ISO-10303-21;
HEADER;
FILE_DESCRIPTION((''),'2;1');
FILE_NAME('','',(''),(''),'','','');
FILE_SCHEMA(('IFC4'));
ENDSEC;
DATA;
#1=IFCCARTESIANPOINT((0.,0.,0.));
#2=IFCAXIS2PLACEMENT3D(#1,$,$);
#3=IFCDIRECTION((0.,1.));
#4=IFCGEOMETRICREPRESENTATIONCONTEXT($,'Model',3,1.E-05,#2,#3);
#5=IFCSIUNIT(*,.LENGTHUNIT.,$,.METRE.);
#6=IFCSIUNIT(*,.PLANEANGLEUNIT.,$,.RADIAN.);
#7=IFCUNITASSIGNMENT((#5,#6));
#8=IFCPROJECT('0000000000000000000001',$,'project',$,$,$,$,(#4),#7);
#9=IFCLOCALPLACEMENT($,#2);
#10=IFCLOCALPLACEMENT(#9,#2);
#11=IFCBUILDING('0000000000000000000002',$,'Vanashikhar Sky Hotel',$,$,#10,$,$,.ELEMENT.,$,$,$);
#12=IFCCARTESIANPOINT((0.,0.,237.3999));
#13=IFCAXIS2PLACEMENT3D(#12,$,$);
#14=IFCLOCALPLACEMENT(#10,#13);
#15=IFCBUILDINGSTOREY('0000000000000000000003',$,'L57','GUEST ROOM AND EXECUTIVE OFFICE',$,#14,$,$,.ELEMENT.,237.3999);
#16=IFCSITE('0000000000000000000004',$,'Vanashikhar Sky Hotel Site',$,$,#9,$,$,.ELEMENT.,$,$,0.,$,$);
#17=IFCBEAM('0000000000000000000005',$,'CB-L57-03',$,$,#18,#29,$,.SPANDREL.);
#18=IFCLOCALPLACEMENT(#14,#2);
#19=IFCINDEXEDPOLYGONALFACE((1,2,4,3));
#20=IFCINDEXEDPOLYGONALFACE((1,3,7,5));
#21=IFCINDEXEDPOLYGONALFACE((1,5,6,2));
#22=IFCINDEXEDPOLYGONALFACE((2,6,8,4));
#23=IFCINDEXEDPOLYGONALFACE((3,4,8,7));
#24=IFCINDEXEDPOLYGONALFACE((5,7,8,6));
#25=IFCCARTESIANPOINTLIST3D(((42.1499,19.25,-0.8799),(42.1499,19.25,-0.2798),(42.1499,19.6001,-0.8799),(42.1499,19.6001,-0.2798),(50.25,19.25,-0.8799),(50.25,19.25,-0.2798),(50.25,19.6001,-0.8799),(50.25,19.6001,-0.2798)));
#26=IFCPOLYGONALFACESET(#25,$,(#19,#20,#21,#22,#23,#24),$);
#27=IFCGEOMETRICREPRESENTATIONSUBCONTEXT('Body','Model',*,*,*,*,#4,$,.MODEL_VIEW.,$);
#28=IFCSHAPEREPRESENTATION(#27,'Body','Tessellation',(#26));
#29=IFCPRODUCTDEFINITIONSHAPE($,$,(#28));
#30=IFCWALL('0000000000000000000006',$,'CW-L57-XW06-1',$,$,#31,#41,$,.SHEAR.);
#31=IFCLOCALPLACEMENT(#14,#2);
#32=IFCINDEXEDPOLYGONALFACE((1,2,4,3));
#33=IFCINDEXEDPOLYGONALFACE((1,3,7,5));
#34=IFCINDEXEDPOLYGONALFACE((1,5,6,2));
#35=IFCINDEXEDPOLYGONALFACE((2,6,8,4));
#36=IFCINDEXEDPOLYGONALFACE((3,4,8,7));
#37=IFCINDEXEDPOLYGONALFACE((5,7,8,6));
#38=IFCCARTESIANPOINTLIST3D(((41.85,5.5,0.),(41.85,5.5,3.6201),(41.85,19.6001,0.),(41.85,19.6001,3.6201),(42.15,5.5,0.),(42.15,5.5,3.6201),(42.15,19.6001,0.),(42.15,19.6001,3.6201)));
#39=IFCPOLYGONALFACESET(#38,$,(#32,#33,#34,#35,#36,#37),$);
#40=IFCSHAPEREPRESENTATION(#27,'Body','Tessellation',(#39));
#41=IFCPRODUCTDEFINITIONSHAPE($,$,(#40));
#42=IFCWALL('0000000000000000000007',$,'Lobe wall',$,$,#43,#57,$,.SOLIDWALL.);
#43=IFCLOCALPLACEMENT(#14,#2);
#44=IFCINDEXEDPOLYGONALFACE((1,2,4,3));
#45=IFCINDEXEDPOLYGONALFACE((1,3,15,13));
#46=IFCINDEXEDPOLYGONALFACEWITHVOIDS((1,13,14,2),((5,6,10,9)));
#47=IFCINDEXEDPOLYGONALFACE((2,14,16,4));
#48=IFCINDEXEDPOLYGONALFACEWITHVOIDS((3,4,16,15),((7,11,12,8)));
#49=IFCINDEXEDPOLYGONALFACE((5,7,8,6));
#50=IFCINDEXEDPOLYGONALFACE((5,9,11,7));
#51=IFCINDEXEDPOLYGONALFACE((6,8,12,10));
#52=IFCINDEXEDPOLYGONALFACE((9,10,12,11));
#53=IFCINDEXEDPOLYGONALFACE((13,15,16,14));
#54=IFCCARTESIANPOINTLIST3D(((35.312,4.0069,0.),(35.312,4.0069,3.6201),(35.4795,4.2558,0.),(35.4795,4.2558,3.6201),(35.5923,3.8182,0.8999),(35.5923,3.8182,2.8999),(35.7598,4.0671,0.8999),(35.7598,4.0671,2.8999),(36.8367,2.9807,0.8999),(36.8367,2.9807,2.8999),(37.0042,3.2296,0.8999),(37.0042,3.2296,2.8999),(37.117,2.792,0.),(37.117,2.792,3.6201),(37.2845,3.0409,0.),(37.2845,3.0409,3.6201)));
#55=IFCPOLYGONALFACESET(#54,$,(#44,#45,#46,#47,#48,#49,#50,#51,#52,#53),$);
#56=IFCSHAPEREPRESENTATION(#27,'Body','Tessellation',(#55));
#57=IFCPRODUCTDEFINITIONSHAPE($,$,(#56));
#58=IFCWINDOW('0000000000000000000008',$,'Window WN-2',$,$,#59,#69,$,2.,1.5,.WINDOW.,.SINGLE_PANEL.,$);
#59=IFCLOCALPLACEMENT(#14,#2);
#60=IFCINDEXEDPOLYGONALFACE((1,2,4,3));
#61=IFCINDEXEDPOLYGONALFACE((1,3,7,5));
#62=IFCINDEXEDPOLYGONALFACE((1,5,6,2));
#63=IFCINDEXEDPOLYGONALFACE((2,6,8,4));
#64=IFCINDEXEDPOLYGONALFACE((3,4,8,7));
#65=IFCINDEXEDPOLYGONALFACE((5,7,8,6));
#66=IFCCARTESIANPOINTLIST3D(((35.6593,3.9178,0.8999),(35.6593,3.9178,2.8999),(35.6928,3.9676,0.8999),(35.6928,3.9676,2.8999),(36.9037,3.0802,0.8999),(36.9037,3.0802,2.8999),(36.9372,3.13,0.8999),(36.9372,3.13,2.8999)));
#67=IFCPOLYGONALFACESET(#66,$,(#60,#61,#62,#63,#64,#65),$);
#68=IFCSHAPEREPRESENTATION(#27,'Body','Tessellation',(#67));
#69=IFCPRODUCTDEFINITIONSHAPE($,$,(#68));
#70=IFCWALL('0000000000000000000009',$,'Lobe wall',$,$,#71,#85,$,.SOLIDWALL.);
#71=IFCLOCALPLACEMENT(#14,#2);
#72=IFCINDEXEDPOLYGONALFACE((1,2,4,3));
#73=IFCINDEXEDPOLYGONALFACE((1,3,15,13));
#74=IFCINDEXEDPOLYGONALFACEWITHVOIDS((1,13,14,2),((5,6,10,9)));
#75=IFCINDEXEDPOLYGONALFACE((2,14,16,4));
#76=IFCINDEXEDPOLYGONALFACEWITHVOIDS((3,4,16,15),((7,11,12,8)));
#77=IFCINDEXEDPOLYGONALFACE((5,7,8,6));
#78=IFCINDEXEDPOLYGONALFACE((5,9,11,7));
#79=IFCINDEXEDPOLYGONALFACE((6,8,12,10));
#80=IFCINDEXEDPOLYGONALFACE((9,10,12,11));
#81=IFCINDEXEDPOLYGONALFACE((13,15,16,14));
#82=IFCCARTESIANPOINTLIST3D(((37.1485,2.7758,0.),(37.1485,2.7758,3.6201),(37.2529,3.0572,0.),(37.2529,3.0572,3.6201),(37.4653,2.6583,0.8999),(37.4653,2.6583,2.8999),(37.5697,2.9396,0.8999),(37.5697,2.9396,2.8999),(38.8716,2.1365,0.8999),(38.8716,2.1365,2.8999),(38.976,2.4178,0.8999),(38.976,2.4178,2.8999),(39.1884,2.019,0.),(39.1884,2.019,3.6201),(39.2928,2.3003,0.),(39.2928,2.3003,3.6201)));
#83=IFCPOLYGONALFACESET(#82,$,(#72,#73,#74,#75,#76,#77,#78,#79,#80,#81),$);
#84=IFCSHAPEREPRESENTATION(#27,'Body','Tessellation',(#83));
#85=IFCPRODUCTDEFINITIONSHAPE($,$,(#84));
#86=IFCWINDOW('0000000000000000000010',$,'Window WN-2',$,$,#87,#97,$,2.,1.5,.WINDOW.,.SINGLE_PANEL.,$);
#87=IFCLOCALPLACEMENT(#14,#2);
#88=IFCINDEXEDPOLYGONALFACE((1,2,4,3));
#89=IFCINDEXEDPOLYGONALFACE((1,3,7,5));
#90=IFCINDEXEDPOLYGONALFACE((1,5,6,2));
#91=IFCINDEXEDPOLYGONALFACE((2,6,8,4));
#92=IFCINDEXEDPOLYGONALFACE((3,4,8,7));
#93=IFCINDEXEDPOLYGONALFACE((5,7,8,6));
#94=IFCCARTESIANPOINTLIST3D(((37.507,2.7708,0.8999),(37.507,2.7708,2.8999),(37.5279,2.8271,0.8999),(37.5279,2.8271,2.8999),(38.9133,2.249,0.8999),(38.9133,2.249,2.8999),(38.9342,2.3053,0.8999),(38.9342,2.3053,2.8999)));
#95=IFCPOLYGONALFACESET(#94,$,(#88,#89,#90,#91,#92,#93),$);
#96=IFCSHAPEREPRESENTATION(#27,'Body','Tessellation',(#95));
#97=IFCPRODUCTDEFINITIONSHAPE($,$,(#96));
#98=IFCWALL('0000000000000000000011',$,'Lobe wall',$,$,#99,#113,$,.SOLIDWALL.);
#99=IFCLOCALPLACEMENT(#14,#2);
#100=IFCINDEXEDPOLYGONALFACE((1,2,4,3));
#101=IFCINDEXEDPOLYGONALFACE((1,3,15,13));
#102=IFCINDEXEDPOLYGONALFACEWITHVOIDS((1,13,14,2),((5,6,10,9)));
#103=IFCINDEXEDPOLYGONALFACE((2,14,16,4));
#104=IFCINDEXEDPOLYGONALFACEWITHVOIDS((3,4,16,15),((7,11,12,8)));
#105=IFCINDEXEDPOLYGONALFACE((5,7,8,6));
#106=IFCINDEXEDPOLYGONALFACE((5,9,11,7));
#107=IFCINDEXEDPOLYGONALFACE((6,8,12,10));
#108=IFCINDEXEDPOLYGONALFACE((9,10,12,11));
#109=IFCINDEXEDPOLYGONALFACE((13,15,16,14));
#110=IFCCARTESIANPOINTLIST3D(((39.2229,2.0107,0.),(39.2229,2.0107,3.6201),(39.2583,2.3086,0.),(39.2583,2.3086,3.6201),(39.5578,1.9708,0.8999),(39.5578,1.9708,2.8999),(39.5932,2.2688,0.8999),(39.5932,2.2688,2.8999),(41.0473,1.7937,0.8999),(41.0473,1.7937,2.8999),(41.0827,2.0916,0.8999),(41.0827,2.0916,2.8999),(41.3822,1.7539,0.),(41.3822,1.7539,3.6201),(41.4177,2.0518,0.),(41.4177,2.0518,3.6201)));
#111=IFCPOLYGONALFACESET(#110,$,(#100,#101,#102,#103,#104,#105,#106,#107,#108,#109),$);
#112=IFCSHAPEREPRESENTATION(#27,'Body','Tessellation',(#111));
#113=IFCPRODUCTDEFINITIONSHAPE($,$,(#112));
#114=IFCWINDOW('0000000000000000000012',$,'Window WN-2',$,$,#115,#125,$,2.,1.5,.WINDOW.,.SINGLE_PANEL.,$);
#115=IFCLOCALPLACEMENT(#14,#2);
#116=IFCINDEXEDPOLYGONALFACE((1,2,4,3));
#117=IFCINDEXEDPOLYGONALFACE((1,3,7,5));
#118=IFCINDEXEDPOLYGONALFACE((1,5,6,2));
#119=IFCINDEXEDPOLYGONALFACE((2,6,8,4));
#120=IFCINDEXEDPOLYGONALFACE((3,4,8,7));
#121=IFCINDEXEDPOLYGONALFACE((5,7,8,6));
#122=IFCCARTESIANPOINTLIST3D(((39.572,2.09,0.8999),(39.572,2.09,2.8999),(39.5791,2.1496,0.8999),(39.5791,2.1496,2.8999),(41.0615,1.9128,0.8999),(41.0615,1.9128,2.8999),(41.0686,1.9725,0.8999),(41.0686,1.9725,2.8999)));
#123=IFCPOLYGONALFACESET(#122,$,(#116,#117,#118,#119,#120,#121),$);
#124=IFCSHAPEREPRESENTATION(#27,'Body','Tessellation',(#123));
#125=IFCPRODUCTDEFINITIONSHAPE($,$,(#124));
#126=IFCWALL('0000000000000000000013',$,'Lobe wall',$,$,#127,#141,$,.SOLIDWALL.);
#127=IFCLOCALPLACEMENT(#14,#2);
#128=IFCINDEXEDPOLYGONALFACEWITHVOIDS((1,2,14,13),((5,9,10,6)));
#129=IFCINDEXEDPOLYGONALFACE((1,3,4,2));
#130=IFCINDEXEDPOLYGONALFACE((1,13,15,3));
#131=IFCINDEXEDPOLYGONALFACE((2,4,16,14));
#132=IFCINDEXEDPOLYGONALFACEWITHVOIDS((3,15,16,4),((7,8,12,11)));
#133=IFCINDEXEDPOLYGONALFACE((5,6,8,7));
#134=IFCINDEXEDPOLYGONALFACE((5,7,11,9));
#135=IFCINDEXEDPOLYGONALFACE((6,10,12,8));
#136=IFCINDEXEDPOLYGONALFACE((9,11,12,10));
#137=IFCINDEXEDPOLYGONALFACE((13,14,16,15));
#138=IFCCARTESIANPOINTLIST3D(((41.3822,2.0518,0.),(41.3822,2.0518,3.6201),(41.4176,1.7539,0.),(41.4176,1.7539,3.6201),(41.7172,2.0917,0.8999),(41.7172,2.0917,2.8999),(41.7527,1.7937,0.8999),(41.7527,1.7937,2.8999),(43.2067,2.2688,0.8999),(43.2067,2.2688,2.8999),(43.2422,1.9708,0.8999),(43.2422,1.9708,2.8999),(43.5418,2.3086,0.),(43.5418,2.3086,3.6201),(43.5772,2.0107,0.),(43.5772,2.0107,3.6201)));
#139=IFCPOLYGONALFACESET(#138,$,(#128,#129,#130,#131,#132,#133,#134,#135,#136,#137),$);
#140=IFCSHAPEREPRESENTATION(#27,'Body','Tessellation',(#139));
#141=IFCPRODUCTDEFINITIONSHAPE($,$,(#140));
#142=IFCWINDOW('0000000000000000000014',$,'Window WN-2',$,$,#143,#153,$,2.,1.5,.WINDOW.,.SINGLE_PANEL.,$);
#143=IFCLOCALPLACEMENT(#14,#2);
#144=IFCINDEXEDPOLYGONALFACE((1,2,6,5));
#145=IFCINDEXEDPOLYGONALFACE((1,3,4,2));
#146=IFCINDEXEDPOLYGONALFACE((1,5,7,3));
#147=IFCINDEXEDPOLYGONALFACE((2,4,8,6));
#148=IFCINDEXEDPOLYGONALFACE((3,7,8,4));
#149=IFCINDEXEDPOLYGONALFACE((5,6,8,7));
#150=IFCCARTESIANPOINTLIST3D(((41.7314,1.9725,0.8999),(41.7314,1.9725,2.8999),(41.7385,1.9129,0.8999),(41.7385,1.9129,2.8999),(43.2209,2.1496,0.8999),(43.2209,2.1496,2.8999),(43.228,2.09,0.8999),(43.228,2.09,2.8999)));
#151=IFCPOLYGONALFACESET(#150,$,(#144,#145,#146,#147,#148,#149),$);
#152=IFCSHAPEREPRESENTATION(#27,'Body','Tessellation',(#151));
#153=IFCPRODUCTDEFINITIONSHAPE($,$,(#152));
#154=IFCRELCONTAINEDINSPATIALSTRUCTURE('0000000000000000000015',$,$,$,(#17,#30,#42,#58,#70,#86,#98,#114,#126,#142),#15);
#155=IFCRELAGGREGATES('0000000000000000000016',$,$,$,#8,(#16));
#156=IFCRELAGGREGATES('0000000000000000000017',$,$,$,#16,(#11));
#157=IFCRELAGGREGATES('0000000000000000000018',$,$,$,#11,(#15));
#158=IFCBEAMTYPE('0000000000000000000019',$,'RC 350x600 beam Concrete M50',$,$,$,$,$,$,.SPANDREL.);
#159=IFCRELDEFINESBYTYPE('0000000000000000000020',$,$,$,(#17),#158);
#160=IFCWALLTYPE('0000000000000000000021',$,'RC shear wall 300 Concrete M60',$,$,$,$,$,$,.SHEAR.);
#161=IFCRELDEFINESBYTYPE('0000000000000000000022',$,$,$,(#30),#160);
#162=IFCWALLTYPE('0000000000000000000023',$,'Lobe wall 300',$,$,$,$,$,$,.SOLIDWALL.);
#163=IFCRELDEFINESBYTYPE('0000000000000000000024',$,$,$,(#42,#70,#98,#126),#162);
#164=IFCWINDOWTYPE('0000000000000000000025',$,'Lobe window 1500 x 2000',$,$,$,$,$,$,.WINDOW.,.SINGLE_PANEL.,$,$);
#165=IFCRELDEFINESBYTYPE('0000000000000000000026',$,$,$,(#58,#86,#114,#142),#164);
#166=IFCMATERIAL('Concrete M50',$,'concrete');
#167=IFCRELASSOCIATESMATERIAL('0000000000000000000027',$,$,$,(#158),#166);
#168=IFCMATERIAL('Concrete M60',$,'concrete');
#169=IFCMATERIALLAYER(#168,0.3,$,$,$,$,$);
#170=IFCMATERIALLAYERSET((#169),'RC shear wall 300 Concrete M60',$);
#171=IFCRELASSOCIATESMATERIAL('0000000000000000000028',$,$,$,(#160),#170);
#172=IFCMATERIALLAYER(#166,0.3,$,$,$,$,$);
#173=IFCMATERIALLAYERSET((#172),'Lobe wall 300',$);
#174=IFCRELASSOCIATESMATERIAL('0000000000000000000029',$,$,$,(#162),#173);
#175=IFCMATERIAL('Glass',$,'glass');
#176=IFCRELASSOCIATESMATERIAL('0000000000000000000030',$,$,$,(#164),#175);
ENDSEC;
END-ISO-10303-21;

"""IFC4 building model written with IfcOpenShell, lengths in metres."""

from ifc_helpers import new_model, si_unit, direction, frame, frame_2d, origin, origin_2d, place, context, subcontext, project, spatial, rectangle, extrude, source, transform, mapped, material, layer, layer_set, material_profile, profile_set, type_object, element, fill, save


model = new_model("IFC4")

# Units and contexts
model_context = context("Model", 3, precision=1e-05, world=origin(), true_north=direction((0.0, 1.0)))
body_context = subcontext(model_context, "Body", "Model", "MODEL_VIEW")
ifc_project = project(units=[si_unit("LENGTHUNIT", "METRE"), si_unit("PLANEANGLEUNIT", "RADIAN")], contexts=[model_context])

# Site, building, storey
site_placement = place(None, origin())
site = spatial("IfcSite", under=ifc_project, at=site_placement, Name="Vanashikhar Sky Hotel Site", CompositionType="ELEMENT", RefElevation=0.0)
building_placement = place(site_placement, origin())
building = spatial("IfcBuilding", under=site, at=building_placement, Name="Vanashikhar Sky Hotel", CompositionType="ELEMENT")
storey_placement = place(building_placement, frame((0.0, 0.0, 237.3999)))
storey = spatial("IfcBuildingStorey", under=building, at=storey_placement, Name="L57", Description="GUEST ROOM AND EXECUTIVE OFFICE", CompositionType="ELEMENT", Elevation=237.3999)

# Beam
ifc_material_1 = material(Name="Concrete M50", Category="concrete")
ifc_material_profile_1 = material_profile(ifc_material_1, rectangle(XDim=0.3501, YDim=0.6001, at=origin_2d()))
ifc_profile_set_1 = profile_set([ifc_material_profile_1], Name="RC 350x600 beam Concrete M50")
beam_type = type_object("IfcBeamType", Name="RC 350x600 beam Concrete M50", PredefinedType="SPANDREL", material=ifc_profile_set_1)
shared_shape_1 = source(origin(), body_context, "Body", "SweptSolid", [
    extrude(rectangle(XDim=0.3501, YDim=0.6001, at=origin_2d()), origin(), (0.0, 0.0, 1.0), 8.1001),
])
beam_placement = place(storey_placement, frame((42.1499, 19.425, -0.5798), z_axis=(1.0, 0.0, 0.0), x_axis=(0.0, 1.0, 0.0)))
element("IfcBeam", 1, at=beam_placement, inside=storey, type_object=beam_type, Name="CB-L57-03", PredefinedType="SPANDREL", context=body_context, shape_type="MappedRepresentation", body=[
    mapped(shared_shape_1, transform((0.0, 0.0, 0.0), scale=1.0)),
])

# Wall
ifc_material_2 = material(Name="Concrete M60", Category="concrete")
ifc_layer_1 = layer(ifc_material_2, 0.3)
ifc_layer_set_1 = layer_set([ifc_layer_1], Name="RC shear wall 300 Concrete M60")
wall_type_1 = type_object("IfcWallType", Name="RC shear wall 300 Concrete M60", PredefinedType="SHEAR", material=ifc_layer_set_1)
shared_shape_2 = source(origin(), body_context, "Body", "SweptSolid", [
    extrude(rectangle(XDim=14.1001, YDim=0.3, at=frame_2d((7.05, 0.0))), origin(), (0.0, 0.0, 1.0), 3.6201),
])
wall_1_placement = place(storey_placement, frame((42.0, 5.5, 0.0), z_axis=(0.0, 0.0, 1.0), x_axis=(0.0, 1.0, 0.0)))
element("IfcWall", 2, at=wall_1_placement, inside=storey, type_object=wall_type_1, Name="CW-L57-XW06-1", PredefinedType="SHEAR", context=body_context, shape_type="MappedRepresentation", body=[
    mapped(shared_shape_2, transform((0.0, 0.0, 0.0), scale=1.0)),
])

# Walls, openings, windows
ifc_layer_2 = layer(ifc_material_1, 0.3)
ifc_layer_set_2 = layer_set([ifc_layer_2], Name="Lobe wall 300")
wall_type_2 = type_object("IfcWallType", Name="Lobe wall 300", PredefinedType="SOLIDWALL", material=ifc_layer_set_2)
shared_shape_3 = source(origin(), body_context, "Body", "SweptSolid", [
    extrude(rectangle(XDim=2.1758, YDim=0.3, at=frame_2d((1.0879, 0.0))), origin(), (0.0, 0.0, 1.0), 3.6201),
])
wall_2_placement = place(storey_placement, frame((35.3958, 4.1313, 0.0), z_axis=(0.0, 0.0, 1.0), x_axis=(0.829591, -0.558372, 0.0)))
wall_2 = element("IfcWall", 3, at=wall_2_placement, inside=storey, type_object=wall_type_2, Name="Lobe wall", PredefinedType="SOLIDWALL", context=body_context, shape_type="MappedRepresentation", body=[
    mapped(shared_shape_3, transform((0.0, 0.0, 0.0), scale=1.0)),
])
shared_shape_4 = source(origin(), body_context, "Body", "SweptSolid", [
    extrude(rectangle(XDim=1.5, YDim=2.0, at=frame_2d((0.75, 1.0))), frame((0.0, 0.1602, 0.0), z_axis=(0.0, -1.0, 0.0), x_axis=(1.0, 0.0, 0.0)), (0.0, 0.0, 1.0), 0.3201),
])
opening_1_placement = place(wall_2_placement, frame((0.3379, 0.0, 0.8999)))
opening_1 = element("IfcOpeningElement", 4, at=opening_1_placement, cuts=wall_2, PredefinedType="OPENING", context=body_context, shape_type="MappedRepresentation", body=[
    mapped(shared_shape_4, transform((0.0, 0.0, 0.0), scale=1.0)),
])
ifc_material_3 = material(Name="Glass", Category="glass")
window_type = type_object("IfcWindowType", Name="Lobe window 1500 x 2000", PartitioningType="SINGLE_PANEL", PredefinedType="WINDOW", material=ifc_material_3)
shared_shape_5 = source(origin(), body_context, "Body", "SweptSolid", [
    extrude(rectangle(XDim=1.5, YDim=2.0, at=frame_2d((0.75, 1.0))), frame((0.0, 0.03, 0.0), z_axis=(0.0, -1.0, 0.0), x_axis=(1.0, 0.0, 0.0)), (0.0, 0.0, 1.0), 0.0601),
])
window_1_placement = place(opening_1_placement, origin())
window_1 = element("IfcWindow", 5, at=window_1_placement, inside=storey, type_object=window_type, Name="Window WN-2", OverallHeight=2.0, OverallWidth=1.5, PartitioningType="SINGLE_PANEL", PredefinedType="WINDOW", context=body_context, shape_type="MappedRepresentation", body=[
    mapped(shared_shape_5, transform((0.0, 0.0, 0.0), scale=1.0)),
])
fill(opening_1, window_1)
wall_3_placement = place(storey_placement, frame((37.2007, 2.9165, 0.0), z_axis=(0.0, 0.0, 1.0), x_axis=(0.937546, -0.347863, 0.0)))
wall_3 = element("IfcWall", 6, at=wall_3_placement, inside=storey, type_object=wall_type_2, Name="Lobe wall", PredefinedType="SOLIDWALL", context=body_context, shape_type="MappedRepresentation", body=[
    mapped(shared_shape_3, transform((0.0, 0.0, 0.0), scale=1.0)),
])
opening_2_placement = place(wall_3_placement, frame((0.3379, 0.0, 0.8999)))
opening_2 = element("IfcOpeningElement", 7, at=opening_2_placement, cuts=wall_3, PredefinedType="OPENING", context=body_context, shape_type="MappedRepresentation", body=[
    mapped(shared_shape_4, transform((0.0, 0.0, 0.0), scale=1.0)),
])
window_2_placement = place(opening_2_placement, origin())
window_2 = element("IfcWindow", 8, at=window_2_placement, inside=storey, type_object=window_type, Name="Window WN-2", OverallHeight=2.0, OverallWidth=1.5, PartitioningType="SINGLE_PANEL", PredefinedType="WINDOW", context=body_context, shape_type="MappedRepresentation", body=[
    mapped(shared_shape_5, transform((0.0, 0.0, 0.0), scale=1.0)),
])
fill(opening_2, window_2)
shared_shape_6 = source(origin(), body_context, "Body", "SweptSolid", [
    extrude(rectangle(XDim=2.1746, YDim=0.3, at=frame_2d((1.0874, 0.0))), origin(), (0.0, 0.0, 1.0), 3.6201),
])
wall_4_placement = place(storey_placement, frame((39.2405, 2.1597, 0.0), z_axis=(0.0, 0.0, 1.0), x_axis=(0.993001, -0.118105, 0.0)))
wall_4 = element("IfcWall", 9, at=wall_4_placement, inside=storey, type_object=wall_type_2, Name="Lobe wall", PredefinedType="SOLIDWALL", context=body_context, shape_type="MappedRepresentation", body=[
    mapped(shared_shape_6, transform((0.0, 0.0, 0.0), scale=1.0)),
])
opening_3_placement = place(wall_4_placement, frame((0.3374, 0.0, 0.8999)))
opening_3 = element("IfcOpeningElement", 10, at=opening_3_placement, cuts=wall_4, PredefinedType="OPENING", context=body_context, shape_type="MappedRepresentation", body=[
    mapped(shared_shape_4, transform((0.0, 0.0, 0.0), scale=1.0)),
])
window_3_placement = place(opening_3_placement, origin())
window_3 = element("IfcWindow", 11, at=window_3_placement, inside=storey, type_object=window_type, Name="Window WN-2", OverallHeight=2.0, OverallWidth=1.5, PartitioningType="SINGLE_PANEL", PredefinedType="WINDOW", context=body_context, shape_type="MappedRepresentation", body=[
    mapped(shared_shape_5, transform((0.0, 0.0, 0.0), scale=1.0)),
])
fill(opening_3, window_3)
shared_shape_7 = source(origin(), body_context, "Body", "SweptSolid", [
    extrude(rectangle(XDim=2.1748, YDim=0.3, at=frame_2d((1.0874, 0.0))), origin(), (0.0, 0.0, 1.0), 3.6201),
])
wall_5_placement = place(storey_placement, frame((41.3999, 1.9028, 0.0), z_axis=(0.0, 0.0, 1.0), x_axis=(0.993003, 0.118092, 0.0)))
wall_5 = element("IfcWall", 12, at=wall_5_placement, inside=storey, type_object=wall_type_2, Name="Lobe wall", PredefinedType="SOLIDWALL", context=body_context, shape_type="MappedRepresentation", body=[
    mapped(shared_shape_7, transform((0.0, 0.0, 0.0), scale=1.0)),
])
opening_4_placement = place(wall_5_placement, frame((0.3374, 0.0, 0.8999)))
opening_4 = element("IfcOpeningElement", 13, at=opening_4_placement, cuts=wall_5, PredefinedType="OPENING", context=body_context, shape_type="MappedRepresentation", body=[
    mapped(shared_shape_4, transform((0.0, 0.0, 0.0), scale=1.0)),
])
window_4_placement = place(opening_4_placement, origin())
window_4 = element("IfcWindow", 14, at=window_4_placement, inside=storey, type_object=window_type, Name="Window WN-2", OverallHeight=2.0, OverallWidth=1.5, PartitioningType="SINGLE_PANEL", PredefinedType="WINDOW", context=body_context, shape_type="MappedRepresentation", body=[
    mapped(shared_shape_5, transform((0.0, 0.0, 0.0), scale=1.0)),
])
fill(opening_4, window_4)

save(model, "model.ifc")
